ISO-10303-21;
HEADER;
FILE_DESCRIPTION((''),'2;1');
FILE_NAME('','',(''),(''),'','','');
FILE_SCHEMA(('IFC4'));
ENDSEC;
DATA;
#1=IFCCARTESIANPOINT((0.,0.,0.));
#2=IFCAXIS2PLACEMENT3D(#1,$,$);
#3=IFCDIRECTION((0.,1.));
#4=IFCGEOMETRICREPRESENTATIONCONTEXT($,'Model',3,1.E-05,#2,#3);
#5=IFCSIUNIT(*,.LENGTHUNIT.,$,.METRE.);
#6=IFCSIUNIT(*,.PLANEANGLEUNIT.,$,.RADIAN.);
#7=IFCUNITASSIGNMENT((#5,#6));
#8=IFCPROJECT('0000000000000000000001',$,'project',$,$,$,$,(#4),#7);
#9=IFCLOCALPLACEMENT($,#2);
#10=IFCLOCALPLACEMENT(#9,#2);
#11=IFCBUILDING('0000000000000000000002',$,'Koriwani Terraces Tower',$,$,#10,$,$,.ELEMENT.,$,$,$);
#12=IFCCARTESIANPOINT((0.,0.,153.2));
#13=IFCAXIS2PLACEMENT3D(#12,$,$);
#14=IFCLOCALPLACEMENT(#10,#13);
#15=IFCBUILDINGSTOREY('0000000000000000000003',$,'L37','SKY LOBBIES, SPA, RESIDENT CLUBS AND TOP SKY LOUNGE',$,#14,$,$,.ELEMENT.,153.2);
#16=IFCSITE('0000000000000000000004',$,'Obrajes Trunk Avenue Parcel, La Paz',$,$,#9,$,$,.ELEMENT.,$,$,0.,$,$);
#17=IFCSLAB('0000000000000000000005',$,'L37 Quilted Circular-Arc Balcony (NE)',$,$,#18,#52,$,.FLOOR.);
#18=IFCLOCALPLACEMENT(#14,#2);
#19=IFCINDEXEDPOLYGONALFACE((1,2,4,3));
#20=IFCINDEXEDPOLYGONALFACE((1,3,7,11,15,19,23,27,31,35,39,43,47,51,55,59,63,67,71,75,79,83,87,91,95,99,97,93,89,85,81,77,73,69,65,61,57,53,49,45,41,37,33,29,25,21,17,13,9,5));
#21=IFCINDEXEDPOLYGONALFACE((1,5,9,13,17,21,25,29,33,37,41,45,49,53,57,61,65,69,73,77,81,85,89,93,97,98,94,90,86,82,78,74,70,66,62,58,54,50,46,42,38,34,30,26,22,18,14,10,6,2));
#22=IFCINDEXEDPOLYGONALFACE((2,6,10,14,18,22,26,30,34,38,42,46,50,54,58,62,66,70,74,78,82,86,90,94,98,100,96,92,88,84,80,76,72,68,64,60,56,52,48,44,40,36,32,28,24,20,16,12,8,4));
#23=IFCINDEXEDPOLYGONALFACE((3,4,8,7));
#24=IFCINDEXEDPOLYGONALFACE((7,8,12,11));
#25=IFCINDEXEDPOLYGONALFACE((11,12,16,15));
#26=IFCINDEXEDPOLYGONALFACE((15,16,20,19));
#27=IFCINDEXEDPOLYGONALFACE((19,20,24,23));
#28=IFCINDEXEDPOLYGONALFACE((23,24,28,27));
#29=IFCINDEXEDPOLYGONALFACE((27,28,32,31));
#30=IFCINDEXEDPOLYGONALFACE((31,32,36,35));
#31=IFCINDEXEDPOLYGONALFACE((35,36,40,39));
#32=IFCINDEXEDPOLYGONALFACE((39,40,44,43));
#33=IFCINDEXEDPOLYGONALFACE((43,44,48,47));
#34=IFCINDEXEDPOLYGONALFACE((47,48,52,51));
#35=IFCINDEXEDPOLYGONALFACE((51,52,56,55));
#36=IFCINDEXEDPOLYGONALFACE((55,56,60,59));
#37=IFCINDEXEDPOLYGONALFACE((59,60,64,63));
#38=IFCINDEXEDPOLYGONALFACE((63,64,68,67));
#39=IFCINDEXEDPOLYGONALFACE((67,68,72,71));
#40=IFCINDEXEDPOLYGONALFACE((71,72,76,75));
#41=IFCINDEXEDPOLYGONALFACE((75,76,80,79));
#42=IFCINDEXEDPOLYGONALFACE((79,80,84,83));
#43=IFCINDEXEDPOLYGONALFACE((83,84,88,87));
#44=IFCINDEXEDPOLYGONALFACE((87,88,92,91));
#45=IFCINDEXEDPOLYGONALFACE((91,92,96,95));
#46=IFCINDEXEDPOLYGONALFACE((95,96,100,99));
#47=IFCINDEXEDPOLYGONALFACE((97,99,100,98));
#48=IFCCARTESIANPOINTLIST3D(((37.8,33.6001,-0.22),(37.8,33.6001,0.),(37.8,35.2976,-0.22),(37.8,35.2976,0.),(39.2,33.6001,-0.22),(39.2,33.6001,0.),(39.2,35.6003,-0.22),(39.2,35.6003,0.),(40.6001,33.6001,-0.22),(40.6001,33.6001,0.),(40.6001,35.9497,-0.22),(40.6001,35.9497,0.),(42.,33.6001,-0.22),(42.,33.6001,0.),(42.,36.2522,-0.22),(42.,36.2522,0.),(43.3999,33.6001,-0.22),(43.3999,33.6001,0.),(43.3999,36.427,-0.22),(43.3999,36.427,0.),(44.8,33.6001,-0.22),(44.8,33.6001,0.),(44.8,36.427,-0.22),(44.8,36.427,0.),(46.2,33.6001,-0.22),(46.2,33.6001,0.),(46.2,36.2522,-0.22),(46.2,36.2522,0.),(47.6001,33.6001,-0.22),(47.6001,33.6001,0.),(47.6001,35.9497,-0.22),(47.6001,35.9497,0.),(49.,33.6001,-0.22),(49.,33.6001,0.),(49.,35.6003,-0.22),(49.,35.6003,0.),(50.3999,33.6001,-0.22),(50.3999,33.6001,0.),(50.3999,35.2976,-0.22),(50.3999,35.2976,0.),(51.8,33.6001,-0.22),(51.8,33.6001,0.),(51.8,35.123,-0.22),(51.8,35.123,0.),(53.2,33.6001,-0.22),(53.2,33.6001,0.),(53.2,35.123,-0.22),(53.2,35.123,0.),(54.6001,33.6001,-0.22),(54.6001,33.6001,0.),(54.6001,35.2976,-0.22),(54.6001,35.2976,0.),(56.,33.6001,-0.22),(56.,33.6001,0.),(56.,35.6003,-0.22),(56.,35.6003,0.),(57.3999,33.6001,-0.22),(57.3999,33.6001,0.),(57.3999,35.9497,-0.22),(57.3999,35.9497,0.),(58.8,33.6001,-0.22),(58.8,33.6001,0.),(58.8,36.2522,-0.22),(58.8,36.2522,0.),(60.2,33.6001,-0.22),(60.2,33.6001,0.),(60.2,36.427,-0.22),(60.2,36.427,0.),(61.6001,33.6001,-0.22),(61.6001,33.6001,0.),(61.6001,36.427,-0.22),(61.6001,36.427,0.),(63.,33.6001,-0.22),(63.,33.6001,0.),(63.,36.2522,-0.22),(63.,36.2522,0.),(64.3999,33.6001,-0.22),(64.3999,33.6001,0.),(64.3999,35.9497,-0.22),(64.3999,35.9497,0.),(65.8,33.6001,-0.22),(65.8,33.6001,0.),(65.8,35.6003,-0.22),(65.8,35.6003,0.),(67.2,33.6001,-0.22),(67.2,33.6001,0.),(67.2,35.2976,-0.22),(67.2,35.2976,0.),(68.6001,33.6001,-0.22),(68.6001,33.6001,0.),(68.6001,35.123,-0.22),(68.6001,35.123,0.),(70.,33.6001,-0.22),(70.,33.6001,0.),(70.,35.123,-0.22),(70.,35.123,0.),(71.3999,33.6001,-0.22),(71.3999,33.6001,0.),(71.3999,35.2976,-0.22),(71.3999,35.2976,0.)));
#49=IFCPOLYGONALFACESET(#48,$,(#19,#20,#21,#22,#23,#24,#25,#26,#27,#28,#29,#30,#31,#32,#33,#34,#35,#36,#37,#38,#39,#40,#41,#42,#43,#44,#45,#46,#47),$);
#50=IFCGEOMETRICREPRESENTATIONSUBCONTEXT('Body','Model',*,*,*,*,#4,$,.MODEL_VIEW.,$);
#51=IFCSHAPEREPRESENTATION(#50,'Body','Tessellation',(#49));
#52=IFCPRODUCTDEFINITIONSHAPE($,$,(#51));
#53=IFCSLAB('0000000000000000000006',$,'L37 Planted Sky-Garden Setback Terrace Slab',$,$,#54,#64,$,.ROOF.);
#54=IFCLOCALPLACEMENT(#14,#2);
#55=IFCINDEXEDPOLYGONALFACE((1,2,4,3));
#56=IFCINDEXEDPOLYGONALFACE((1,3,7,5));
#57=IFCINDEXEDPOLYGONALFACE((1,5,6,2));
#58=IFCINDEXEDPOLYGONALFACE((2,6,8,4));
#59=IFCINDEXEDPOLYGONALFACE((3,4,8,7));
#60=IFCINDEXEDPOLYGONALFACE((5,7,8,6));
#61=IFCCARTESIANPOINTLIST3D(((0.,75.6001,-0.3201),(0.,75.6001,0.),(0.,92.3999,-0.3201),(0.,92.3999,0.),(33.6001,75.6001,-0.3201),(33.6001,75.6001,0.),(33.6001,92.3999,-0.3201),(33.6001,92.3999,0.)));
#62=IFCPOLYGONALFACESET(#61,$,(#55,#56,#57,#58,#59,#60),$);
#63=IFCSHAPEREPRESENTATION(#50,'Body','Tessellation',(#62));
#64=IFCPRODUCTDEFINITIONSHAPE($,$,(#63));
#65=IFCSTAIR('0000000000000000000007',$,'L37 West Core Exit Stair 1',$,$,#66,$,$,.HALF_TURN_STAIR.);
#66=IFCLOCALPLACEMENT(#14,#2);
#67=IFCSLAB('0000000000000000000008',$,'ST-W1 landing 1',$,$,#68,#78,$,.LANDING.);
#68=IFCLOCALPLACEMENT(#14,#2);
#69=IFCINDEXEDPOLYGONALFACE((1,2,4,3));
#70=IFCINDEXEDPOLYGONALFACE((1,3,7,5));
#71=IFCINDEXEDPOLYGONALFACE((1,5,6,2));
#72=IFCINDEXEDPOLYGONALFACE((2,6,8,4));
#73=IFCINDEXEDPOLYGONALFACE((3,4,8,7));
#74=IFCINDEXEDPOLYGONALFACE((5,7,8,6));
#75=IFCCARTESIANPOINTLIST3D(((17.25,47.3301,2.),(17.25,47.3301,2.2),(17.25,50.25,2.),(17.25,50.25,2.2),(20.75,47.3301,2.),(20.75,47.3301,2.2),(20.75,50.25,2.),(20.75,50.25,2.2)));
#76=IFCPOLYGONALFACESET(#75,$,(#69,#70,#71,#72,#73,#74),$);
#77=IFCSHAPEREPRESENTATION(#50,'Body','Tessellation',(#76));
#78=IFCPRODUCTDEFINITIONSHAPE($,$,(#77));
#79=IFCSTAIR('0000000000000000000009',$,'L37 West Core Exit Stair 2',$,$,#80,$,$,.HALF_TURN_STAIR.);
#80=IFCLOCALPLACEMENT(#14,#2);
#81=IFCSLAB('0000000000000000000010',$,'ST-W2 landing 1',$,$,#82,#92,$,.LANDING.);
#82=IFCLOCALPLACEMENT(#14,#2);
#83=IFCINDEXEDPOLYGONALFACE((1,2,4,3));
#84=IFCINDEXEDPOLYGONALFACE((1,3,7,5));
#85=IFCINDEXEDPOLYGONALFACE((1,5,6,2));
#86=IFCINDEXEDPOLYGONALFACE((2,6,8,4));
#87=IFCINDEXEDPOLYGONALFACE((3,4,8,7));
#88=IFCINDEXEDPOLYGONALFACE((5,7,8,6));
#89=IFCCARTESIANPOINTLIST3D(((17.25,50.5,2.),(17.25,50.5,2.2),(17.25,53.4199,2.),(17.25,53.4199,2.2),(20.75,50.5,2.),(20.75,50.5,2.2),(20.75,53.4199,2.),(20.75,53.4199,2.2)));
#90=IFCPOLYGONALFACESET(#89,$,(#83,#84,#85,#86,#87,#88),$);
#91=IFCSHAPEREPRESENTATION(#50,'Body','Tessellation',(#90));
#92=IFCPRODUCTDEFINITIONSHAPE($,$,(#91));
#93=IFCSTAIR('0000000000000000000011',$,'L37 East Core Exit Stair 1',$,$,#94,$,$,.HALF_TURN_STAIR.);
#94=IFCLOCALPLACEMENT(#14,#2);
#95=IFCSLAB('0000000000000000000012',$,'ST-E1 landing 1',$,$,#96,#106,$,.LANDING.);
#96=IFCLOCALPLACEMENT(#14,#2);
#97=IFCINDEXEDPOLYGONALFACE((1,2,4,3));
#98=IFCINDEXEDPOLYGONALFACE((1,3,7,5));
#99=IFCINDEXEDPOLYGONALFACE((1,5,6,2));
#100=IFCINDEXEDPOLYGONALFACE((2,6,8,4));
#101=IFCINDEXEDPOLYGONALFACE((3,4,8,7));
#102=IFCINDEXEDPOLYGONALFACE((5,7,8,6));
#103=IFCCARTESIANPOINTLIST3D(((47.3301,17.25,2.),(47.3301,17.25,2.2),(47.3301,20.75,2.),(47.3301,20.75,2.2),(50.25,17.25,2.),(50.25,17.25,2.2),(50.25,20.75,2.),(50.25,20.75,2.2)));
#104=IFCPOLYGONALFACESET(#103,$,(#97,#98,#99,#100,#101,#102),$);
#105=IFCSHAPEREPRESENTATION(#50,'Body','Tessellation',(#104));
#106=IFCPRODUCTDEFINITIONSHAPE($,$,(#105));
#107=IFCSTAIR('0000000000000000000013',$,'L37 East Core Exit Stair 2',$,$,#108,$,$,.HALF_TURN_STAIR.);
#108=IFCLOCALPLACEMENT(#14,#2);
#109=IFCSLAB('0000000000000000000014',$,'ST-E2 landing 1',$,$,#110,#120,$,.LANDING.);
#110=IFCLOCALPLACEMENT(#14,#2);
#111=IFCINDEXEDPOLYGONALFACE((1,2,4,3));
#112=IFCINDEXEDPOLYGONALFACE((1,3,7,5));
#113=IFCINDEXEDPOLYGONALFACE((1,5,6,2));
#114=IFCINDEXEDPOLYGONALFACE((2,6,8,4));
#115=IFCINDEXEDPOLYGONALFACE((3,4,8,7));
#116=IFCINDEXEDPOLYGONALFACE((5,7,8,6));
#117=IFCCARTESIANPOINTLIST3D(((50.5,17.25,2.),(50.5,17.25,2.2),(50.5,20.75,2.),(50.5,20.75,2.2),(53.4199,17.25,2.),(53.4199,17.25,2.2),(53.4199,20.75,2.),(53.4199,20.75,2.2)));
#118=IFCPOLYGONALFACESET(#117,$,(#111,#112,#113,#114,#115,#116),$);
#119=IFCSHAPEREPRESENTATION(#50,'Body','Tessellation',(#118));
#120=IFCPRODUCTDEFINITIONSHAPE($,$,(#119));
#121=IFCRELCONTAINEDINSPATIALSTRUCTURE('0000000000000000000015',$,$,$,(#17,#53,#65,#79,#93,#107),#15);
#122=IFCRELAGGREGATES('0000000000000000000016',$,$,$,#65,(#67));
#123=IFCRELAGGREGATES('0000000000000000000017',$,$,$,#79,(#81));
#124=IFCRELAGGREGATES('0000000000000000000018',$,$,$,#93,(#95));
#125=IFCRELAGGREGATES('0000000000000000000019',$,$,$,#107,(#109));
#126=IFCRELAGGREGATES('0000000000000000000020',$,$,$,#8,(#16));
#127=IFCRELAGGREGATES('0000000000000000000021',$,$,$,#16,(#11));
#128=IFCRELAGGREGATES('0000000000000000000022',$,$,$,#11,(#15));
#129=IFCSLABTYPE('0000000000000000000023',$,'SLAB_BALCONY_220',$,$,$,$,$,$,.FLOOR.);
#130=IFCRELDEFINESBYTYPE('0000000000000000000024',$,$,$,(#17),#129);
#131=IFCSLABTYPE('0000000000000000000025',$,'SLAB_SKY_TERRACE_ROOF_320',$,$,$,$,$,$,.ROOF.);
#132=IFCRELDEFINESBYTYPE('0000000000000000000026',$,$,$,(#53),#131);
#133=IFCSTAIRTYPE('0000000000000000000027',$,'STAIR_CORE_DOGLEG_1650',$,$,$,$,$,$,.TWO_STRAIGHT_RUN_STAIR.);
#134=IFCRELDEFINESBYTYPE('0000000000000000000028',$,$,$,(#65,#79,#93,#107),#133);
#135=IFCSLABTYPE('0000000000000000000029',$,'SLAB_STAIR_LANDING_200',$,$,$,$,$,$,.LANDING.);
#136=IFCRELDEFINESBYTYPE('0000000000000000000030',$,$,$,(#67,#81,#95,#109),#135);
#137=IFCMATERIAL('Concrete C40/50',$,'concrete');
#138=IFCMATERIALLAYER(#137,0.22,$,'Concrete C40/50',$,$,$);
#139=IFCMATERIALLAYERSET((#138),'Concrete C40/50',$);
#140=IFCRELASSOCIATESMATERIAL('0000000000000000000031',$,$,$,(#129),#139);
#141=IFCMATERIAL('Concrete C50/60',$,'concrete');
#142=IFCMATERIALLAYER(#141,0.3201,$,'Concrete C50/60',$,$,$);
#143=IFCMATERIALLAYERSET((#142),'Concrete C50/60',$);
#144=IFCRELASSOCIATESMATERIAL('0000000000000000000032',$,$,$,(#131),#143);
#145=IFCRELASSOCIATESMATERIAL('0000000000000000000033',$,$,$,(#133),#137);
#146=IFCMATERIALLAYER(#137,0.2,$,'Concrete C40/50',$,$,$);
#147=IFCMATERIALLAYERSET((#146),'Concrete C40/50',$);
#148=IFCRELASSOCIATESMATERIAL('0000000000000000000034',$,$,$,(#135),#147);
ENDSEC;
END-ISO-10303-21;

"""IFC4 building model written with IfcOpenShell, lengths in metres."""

from ifc_helpers import new_model, si_unit, direction, frame, origin, place, context, subcontext, project, spatial, polyline, outline, extrude, material, layer, layer_set, type_object, element, aggregate, save


model = new_model("IFC4")

# Units and contexts
model_context = context("Model", 3, precision=1e-05, world=origin(), true_north=direction((0.0, 1.0)))
body_context = subcontext(model_context, "Body", "Model", "MODEL_VIEW")
ifc_project = project(units=[si_unit("LENGTHUNIT", "METRE"), si_unit("PLANEANGLEUNIT", "RADIAN")], contexts=[model_context])

# Site, building, storey
site_placement = place(None, origin())
site = spatial("IfcSite", under=ifc_project, at=site_placement, Name="Obrajes Trunk Avenue Parcel, La Paz", CompositionType="ELEMENT", RefElevation=0.0)
building_placement = place(site_placement, origin())
building = spatial("IfcBuilding", under=site, at=building_placement, Name="Koriwani Terraces Tower", CompositionType="ELEMENT")
storey_placement = place(building_placement, frame((0.0, 0.0, 153.2)))
storey = spatial("IfcBuildingStorey", under=building, at=storey_placement, Name="L37", Description="SKY LOBBIES, SPA, RESIDENT CLUBS AND TOP SKY LOUNGE", CompositionType="ELEMENT", Elevation=153.2)

# Shared definitions
ifc_material_1 = material(Name="Concrete C50/60", Category="concrete")

# Shared definitions
ifc_material_2 = material(Name="Concrete C40/50", Category="concrete")

# Slabs
ifc_layer_1 = layer(ifc_material_2, 0.22, Name="Concrete C40/50")
ifc_layer_set_1 = layer_set([ifc_layer_1], Name="Concrete C40/50")
slab_type_1 = type_object("IfcSlabType", Name="SLAB_BALCONY_220", PredefinedType="FLOOR", material=ifc_layer_set_1)
slab_1_placement = place(storey_placement, frame((0.0, 0.0, -0.22)))
element("IfcSlab", 1, at=slab_1_placement, inside=storey, type_object=slab_type_1, Name="L37 Quilted Circular-Arc Balcony (NE)", PredefinedType="FLOOR", context=body_context, shape_type="SweptSolid", body=[
    extrude(outline(polyline([(71.3999, 33.6001), (70.0, 33.6001), (68.6001, 33.6001), (67.2, 33.6001), (65.8, 33.6001), (64.3999, 33.6001), (63.0, 33.6001), (61.6001, 33.6001), (60.2, 33.6001), (58.8, 33.6001), (57.3999, 33.6001), (56.0, 33.6001), (54.6001, 33.6001), (53.2, 33.6001), (51.8, 33.6001), (50.3999, 33.6001), (49.0, 33.6001), (47.6001, 33.6001), (46.2, 33.6001), (44.8, 33.6001), (43.3999, 33.6001), (42.0, 33.6001), (40.6001, 33.6001), (39.2, 33.6001), (37.8, 33.6001), (37.8, 35.2976), (39.2, 35.6003), (40.6001, 35.9497), (42.0, 36.2522), (43.3999, 36.427), (44.8, 36.427), (46.2, 36.2522), (47.6001, 35.9497), (49.0, 35.6003), (50.3999, 35.2976), (51.8, 35.123), (53.2, 35.123), (54.6001, 35.2976), (56.0, 35.6003), (57.3999, 35.9497), (58.8, 36.2522), (60.2, 36.427), (61.6001, 36.427), (63.0, 36.2522), (64.3999, 35.9497), (65.8, 35.6003), (67.2, 35.2976), (68.6001, 35.123), (70.0, 35.123), (71.3999, 35.2976), (71.3999, 33.6001)])), origin(), (0.0, 0.0, 1.0), 0.22),
])
ifc_layer_2 = layer(ifc_material_1, 0.3201, Name="Concrete C50/60")
ifc_layer_set_2 = layer_set([ifc_layer_2], Name="Concrete C50/60")
slab_type_2 = type_object("IfcSlabType", Name="SLAB_SKY_TERRACE_ROOF_320", PredefinedType="ROOF", material=ifc_layer_set_2)
slab_2_placement = place(storey_placement, frame((0.0, 0.0, -0.3201)))
element("IfcSlab", 2, at=slab_2_placement, inside=storey, type_object=slab_type_2, Name="L37 Planted Sky-Garden Setback Terrace Slab", PredefinedType="ROOF", context=body_context, shape_type="SweptSolid", body=[
    extrude(outline(polyline([(0.0, 75.6001), (33.6001, 75.6001), (33.6001, 92.3999), (0.0, 92.3999), (0.0, 75.6001)])), origin(), (0.0, 0.0, 1.0), 0.3201),
])

# Stairs, slabs
stair_type = type_object("IfcStairType", Name="STAIR_CORE_DOGLEG_1650", PredefinedType="TWO_STRAIGHT_RUN_STAIR", material=ifc_material_2)
stair_1_placement = place(storey_placement, origin())
stair_1 = element("IfcStair", 3, at=stair_1_placement, inside=storey, type_object=stair_type, Name="L37 West Core Exit Stair 1", PredefinedType="HALF_TURN_STAIR")
ifc_layer_3 = layer(ifc_material_2, 0.2, Name="Concrete C40/50")
ifc_layer_set_3 = layer_set([ifc_layer_3], Name="Concrete C40/50")
slab_type_3 = type_object("IfcSlabType", Name="SLAB_STAIR_LANDING_200", PredefinedType="LANDING", material=ifc_layer_set_3)
slab_3_placement = place(storey_placement, frame((0.0, 0.0, 2.0)))
slab_3 = element("IfcSlab", 4, at=slab_3_placement, type_object=slab_type_3, Name="ST-W1 landing 1", PredefinedType="LANDING", context=body_context, shape_type="SweptSolid", body=[
    extrude(outline(polyline([(20.75, 47.3301), (20.75, 50.25), (17.25, 50.25), (17.25, 47.3301), (20.75, 47.3301)])), origin(), (0.0, 0.0, 1.0), 0.2),
])
aggregate(stair_1, [slab_3])
stair_2_placement = place(storey_placement, origin())
stair_2 = element("IfcStair", 5, at=stair_2_placement, inside=storey, type_object=stair_type, Name="L37 West Core Exit Stair 2", PredefinedType="HALF_TURN_STAIR")
slab_4_placement = place(storey_placement, frame((0.0, 0.0, 2.0)))
slab_4 = element("IfcSlab", 6, at=slab_4_placement, type_object=slab_type_3, Name="ST-W2 landing 1", PredefinedType="LANDING", context=body_context, shape_type="SweptSolid", body=[
    extrude(outline(polyline([(17.25, 53.4199), (17.25, 50.5), (20.75, 50.5), (20.75, 53.4199), (17.25, 53.4199)])), origin(), (0.0, 0.0, 1.0), 0.2),
])
aggregate(stair_2, [slab_4])
stair_3_placement = place(storey_placement, origin())
stair_3 = element("IfcStair", 7, at=stair_3_placement, inside=storey, type_object=stair_type, Name="L37 East Core Exit Stair 1", PredefinedType="HALF_TURN_STAIR")
slab_5_placement = place(storey_placement, frame((0.0, 0.0, 2.0)))
slab_5 = element("IfcSlab", 8, at=slab_5_placement, type_object=slab_type_3, Name="ST-E1 landing 1", PredefinedType="LANDING", context=body_context, shape_type="SweptSolid", body=[
    extrude(outline(polyline([(47.3301, 17.25), (50.25, 17.25), (50.25, 20.75), (47.3301, 20.75), (47.3301, 17.25)])), origin(), (0.0, 0.0, 1.0), 0.2),
])
aggregate(stair_3, [slab_5])
stair_4_placement = place(storey_placement, origin())
stair_4 = element("IfcStair", 9, at=stair_4_placement, inside=storey, type_object=stair_type, Name="L37 East Core Exit Stair 2", PredefinedType="HALF_TURN_STAIR")
slab_6_placement = place(storey_placement, frame((0.0, 0.0, 2.0)))
slab_6 = element("IfcSlab", 10, at=slab_6_placement, type_object=slab_type_3, Name="ST-E2 landing 1", PredefinedType="LANDING", context=body_context, shape_type="SweptSolid", body=[
    extrude(outline(polyline([(53.4199, 20.75), (50.5, 20.75), (50.5, 17.25), (53.4199, 17.25), (53.4199, 20.75)])), origin(), (0.0, 0.0, 1.0), 0.2),
])
aggregate(stair_4, [slab_6])

save(model, "model.ifc")
